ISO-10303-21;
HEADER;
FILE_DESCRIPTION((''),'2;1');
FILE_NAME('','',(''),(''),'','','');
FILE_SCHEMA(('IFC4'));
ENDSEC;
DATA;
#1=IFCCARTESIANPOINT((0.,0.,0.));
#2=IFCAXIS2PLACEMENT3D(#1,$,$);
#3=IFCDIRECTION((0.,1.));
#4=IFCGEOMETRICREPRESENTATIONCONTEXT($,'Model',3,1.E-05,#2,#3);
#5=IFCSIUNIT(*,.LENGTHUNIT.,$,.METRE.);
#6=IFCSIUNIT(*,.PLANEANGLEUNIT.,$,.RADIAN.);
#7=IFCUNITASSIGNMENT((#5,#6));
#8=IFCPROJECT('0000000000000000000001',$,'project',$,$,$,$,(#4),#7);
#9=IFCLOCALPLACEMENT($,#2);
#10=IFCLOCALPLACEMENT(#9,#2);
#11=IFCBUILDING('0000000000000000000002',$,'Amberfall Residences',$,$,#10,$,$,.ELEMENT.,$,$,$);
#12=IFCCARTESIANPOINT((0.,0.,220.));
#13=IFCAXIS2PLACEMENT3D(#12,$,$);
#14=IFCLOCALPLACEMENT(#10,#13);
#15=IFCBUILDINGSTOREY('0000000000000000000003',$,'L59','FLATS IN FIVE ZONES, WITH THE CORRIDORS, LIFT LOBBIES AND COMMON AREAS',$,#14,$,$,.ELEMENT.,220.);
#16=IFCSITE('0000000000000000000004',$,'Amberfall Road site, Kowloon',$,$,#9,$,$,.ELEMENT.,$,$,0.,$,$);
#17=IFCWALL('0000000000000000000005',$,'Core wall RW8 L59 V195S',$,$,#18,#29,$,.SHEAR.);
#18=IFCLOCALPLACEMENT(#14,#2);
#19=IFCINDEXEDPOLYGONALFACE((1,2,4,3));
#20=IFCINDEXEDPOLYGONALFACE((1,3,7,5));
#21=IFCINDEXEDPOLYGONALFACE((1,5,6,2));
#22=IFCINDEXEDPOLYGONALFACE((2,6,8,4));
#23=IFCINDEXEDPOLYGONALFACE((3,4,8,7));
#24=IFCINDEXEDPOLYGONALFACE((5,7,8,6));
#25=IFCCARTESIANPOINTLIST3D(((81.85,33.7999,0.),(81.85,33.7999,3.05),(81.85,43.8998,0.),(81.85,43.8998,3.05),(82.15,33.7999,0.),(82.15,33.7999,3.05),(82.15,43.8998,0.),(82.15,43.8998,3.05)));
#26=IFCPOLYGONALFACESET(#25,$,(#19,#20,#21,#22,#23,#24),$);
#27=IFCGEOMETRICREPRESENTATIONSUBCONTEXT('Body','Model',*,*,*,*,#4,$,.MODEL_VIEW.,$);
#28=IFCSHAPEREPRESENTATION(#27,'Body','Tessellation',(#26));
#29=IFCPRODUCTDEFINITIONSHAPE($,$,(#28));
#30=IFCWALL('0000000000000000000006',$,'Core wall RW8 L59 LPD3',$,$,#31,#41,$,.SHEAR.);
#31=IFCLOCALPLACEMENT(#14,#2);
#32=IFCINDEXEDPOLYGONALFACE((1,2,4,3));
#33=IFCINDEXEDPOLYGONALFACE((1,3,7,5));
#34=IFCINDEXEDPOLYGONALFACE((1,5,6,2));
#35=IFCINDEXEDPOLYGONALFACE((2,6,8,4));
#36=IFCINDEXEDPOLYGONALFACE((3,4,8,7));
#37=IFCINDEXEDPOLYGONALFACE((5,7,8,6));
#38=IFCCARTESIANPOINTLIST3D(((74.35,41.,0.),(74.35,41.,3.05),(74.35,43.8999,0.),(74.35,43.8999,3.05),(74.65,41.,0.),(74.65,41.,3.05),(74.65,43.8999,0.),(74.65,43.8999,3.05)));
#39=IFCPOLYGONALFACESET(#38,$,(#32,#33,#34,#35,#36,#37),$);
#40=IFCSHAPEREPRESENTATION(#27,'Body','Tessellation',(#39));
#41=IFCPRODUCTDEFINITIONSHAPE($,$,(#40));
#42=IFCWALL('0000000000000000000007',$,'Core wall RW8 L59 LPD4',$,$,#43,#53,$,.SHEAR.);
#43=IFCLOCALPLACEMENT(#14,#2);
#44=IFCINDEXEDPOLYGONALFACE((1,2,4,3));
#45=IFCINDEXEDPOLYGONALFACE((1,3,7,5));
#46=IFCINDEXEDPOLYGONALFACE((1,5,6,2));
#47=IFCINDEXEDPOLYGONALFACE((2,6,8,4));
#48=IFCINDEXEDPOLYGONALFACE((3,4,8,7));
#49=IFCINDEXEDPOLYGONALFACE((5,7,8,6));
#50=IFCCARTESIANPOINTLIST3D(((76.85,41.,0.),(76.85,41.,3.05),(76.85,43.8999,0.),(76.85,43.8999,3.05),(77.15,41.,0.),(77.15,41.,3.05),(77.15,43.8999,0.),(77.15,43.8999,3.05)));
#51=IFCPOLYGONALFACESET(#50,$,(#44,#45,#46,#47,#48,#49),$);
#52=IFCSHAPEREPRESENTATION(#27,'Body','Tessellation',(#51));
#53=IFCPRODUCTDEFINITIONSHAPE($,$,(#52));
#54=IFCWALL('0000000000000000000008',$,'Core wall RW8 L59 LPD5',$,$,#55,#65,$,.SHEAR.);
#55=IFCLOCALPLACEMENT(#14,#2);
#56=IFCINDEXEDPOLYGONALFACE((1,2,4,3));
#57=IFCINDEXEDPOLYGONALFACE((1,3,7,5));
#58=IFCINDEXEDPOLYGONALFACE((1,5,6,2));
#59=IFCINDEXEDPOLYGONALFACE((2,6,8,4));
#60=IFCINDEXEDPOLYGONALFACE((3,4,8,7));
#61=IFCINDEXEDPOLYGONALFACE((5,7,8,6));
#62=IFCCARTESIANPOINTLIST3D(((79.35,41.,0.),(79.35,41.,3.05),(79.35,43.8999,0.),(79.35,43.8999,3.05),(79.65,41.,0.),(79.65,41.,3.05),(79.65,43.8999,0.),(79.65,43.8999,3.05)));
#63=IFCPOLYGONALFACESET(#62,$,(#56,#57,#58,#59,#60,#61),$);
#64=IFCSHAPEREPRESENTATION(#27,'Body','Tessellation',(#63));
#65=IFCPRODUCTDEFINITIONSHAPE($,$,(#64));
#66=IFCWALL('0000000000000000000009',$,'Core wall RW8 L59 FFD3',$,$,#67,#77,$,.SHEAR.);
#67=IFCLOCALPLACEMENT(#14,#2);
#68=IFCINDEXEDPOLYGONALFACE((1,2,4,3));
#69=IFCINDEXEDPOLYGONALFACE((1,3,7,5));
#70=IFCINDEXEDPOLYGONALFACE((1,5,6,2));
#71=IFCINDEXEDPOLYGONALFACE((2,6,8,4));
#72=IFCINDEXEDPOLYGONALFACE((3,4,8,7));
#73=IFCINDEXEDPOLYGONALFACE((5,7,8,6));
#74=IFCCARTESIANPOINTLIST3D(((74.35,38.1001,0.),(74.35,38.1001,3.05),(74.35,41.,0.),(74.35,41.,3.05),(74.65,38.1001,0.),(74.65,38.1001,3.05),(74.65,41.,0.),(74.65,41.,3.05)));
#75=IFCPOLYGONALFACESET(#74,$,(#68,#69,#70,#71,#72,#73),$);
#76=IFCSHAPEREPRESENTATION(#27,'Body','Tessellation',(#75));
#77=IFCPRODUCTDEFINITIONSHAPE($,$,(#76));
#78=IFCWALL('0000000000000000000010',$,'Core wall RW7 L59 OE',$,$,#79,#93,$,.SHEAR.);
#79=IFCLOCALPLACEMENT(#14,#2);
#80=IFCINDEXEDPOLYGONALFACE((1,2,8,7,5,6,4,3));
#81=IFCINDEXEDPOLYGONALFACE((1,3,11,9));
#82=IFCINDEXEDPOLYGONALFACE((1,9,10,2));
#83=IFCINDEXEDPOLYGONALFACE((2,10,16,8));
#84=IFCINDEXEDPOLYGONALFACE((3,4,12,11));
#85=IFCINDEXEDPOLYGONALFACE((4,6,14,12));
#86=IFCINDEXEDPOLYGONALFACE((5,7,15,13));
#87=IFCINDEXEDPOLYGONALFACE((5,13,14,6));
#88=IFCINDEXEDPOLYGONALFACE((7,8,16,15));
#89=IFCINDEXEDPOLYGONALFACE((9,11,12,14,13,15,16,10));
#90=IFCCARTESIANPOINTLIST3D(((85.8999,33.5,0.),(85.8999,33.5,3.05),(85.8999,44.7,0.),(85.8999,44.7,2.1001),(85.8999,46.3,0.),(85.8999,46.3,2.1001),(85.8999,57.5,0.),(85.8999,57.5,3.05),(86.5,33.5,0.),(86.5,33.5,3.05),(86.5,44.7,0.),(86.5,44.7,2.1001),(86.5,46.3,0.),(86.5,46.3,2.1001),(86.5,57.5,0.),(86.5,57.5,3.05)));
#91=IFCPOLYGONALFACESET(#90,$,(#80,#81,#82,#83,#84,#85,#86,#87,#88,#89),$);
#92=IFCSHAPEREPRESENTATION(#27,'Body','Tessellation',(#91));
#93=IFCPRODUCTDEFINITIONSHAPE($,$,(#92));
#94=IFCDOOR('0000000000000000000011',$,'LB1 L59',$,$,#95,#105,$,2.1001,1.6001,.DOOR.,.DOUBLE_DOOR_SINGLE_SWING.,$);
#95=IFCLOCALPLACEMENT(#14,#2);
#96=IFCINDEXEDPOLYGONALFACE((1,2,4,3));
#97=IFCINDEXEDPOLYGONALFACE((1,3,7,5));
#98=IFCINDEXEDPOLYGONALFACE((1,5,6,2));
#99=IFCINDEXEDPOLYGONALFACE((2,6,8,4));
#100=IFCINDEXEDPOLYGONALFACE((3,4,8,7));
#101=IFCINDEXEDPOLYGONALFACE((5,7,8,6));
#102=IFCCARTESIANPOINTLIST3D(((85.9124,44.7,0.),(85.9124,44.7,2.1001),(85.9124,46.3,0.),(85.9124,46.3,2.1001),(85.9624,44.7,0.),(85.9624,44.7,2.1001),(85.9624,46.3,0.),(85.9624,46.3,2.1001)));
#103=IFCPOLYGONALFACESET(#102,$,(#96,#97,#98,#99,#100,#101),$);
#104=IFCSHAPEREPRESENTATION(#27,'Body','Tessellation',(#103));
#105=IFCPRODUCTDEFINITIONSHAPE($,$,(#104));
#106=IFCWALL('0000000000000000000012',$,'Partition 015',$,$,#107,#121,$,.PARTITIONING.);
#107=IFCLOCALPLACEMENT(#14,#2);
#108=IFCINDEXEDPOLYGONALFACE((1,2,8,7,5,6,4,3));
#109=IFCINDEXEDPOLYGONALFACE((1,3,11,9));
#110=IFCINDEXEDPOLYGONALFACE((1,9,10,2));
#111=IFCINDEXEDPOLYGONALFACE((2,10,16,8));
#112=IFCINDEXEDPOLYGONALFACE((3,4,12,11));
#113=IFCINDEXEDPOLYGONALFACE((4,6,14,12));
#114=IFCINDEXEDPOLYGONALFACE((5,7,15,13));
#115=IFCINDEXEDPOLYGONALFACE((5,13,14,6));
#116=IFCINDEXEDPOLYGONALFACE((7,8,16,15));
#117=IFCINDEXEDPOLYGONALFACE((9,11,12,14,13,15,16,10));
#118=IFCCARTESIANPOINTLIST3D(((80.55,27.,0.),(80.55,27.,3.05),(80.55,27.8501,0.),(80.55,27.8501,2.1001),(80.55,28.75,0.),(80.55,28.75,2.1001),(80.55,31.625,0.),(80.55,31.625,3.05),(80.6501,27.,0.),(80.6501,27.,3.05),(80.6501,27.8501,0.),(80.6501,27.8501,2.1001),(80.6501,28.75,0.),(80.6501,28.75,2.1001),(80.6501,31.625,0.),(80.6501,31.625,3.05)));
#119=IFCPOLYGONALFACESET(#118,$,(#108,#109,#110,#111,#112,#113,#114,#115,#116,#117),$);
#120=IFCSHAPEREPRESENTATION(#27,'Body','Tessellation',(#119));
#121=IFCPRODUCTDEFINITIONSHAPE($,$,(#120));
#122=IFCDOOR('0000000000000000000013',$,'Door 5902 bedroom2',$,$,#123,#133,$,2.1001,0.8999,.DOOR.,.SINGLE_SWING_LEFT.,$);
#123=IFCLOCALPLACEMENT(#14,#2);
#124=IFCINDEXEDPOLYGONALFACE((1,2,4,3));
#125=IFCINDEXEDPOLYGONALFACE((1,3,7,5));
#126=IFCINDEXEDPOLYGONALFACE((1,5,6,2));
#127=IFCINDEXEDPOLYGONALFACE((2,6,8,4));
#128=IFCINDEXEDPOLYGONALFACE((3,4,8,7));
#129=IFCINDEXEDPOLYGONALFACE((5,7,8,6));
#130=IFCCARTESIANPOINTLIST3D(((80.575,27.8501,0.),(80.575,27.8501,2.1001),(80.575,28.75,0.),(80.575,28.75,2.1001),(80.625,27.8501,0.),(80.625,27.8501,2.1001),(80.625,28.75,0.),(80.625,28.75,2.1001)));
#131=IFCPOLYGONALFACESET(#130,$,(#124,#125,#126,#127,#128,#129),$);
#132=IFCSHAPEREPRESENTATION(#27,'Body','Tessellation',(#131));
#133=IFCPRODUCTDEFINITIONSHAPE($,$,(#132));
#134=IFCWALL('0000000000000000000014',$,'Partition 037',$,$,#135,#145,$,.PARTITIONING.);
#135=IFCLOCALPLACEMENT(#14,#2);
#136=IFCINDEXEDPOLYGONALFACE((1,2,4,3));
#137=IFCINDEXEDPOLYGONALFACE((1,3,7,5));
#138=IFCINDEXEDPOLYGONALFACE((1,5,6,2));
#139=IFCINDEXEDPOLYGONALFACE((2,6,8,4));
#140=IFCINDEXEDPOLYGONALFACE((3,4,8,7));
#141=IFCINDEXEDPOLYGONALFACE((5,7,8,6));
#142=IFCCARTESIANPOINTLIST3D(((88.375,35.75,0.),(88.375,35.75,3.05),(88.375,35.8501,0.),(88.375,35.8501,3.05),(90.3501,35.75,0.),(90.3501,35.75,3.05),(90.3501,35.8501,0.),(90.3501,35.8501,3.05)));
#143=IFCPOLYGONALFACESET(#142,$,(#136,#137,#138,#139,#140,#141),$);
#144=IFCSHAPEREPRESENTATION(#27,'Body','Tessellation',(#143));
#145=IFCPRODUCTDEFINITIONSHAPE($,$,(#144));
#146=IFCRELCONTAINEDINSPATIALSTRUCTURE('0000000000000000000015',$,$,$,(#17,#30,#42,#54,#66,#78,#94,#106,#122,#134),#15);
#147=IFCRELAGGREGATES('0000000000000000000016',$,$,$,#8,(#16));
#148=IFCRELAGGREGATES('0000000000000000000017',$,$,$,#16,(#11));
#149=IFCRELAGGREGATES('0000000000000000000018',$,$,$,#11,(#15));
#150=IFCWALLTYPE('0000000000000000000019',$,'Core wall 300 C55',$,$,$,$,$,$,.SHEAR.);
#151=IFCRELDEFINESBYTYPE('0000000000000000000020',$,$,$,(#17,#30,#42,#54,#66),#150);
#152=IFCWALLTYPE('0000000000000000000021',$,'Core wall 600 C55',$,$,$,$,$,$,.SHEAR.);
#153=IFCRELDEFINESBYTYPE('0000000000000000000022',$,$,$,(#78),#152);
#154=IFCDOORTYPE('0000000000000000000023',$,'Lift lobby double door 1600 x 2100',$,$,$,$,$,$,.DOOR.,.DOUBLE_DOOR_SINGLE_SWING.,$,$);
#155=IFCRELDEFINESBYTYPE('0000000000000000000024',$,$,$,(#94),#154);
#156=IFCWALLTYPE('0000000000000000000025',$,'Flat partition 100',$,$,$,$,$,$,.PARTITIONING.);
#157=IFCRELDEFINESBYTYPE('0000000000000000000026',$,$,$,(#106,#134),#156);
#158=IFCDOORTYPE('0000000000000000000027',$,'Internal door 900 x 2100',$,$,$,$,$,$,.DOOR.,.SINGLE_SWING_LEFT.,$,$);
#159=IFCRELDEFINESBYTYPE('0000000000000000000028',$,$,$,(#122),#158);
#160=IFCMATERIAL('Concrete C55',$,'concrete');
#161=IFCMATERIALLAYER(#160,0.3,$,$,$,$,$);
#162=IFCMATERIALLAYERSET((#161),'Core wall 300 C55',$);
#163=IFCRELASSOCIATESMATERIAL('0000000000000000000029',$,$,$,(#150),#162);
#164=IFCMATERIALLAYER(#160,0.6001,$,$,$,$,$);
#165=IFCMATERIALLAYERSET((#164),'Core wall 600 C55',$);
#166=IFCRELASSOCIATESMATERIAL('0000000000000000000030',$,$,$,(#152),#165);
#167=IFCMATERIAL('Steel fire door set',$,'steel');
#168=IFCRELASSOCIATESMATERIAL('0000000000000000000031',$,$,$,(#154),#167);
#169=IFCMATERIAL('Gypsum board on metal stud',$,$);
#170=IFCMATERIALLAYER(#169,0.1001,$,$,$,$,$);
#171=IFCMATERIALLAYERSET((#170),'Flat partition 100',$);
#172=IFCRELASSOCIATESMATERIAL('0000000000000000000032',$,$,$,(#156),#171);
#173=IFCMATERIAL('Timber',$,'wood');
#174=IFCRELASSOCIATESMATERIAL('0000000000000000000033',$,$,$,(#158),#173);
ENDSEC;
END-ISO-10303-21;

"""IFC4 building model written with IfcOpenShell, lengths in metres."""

from ifc_helpers import new_model, si_unit, direction, frame, frame_2d, origin, place, context, subcontext, project, spatial, rectangle, extrude, material, layer, layer_set, type_object, element, fill, save


model = new_model("IFC4")

# Units and contexts
model_context = context("Model", 3, precision=1e-05, world=origin(), true_north=direction((0.0, 1.0)))
body_context = subcontext(model_context, "Body", "Model", "MODEL_VIEW")
ifc_project = project(units=[si_unit("LENGTHUNIT", "METRE"), si_unit("PLANEANGLEUNIT", "RADIAN")], contexts=[model_context])

# Site, building, storey
site_placement = place(None, origin())
site = spatial("IfcSite", under=ifc_project, at=site_placement, Name="Amberfall Road site, Kowloon", CompositionType="ELEMENT", RefElevation=0.0)
building_placement = place(site_placement, origin())
building = spatial("IfcBuilding", under=site, at=building_placement, Name="Amberfall Residences", CompositionType="ELEMENT")
storey_placement = place(building_placement, frame((0.0, 0.0, 220.0)))
storey = spatial("IfcBuildingStorey", under=building, at=storey_placement, Name="L59", Description="FLATS IN FIVE ZONES, WITH THE CORRIDORS, LIFT LOBBIES AND COMMON AREAS", CompositionType="ELEMENT", Elevation=220.0)

# Walls
ifc_material_1 = material(Name="Concrete C55", Category="concrete")
ifc_layer_1 = layer(ifc_material_1, 0.3)
ifc_layer_set_1 = layer_set([ifc_layer_1], Name="Core wall 300 C55")
wall_type_1 = type_object("IfcWallType", Name="Core wall 300 C55", PredefinedType="SHEAR", material=ifc_layer_set_1)
wall_1_placement = place(storey_placement, frame((82.0, 33.8, 0.0), z_axis=(0.0, 0.0, 1.0), x_axis=(0.0, 1.0, 0.0)))
element("IfcWall", 1, at=wall_1_placement, inside=storey, type_object=wall_type_1, Name="Core wall RW8 L59 V195S", PredefinedType="SHEAR", context=body_context, shape_type="SweptSolid", body=[
    extrude(rectangle(XDim=10.0999, YDim=0.3, at=frame_2d((5.0498, 0.0))), origin(), (0.0, 0.0, 1.0), 3.05),
])
for number, where, z_axis, x_axis, name in (
    (2, (74.5, 41.0, 0.0), (0.0, 0.0, 1.0), (0.0, 1.0, 0.0), "Core wall RW8 L59 LPD3"),
    (3, (77.0, 41.0, 0.0), (0.0, 0.0, 1.0), (0.0, 1.0, 0.0), "Core wall RW8 L59 LPD4"),
    (4, (79.5, 41.0, 0.0), (0.0, 0.0, 1.0), (0.0, 1.0, 0.0), "Core wall RW8 L59 LPD5"),
    (5, (74.5, 38.1001, 0.0), (0.0, 0.0, 1.0), (0.0, 1.0, 0.0), "Core wall RW8 L59 FFD3"),
):
    element("IfcWall", number, at=place(storey_placement, frame(where, z_axis=z_axis, x_axis=x_axis)), inside=storey, type_object=wall_type_1, Name=name, PredefinedType="SHEAR", context=body_context, shape_type="SweptSolid", body=[
        extrude(rectangle(XDim=2.8999, YDim=0.3, at=frame_2d((1.45, 0.0))), origin(), (0.0, 0.0, 1.0), 3.05),
    ])

# Walls, openings, doors
ifc_layer_2 = layer(ifc_material_1, 0.6001)
ifc_layer_set_2 = layer_set([ifc_layer_2], Name="Core wall 600 C55")
wall_type_2 = type_object("IfcWallType", Name="Core wall 600 C55", PredefinedType="SHEAR", material=ifc_layer_set_2)
wall_2_placement = place(storey_placement, frame((86.2, 33.5, 0.0), z_axis=(0.0, 0.0, 1.0), x_axis=(0.0, 1.0, 0.0)))
wall_2 = element("IfcWall", 6, at=wall_2_placement, inside=storey, type_object=wall_type_2, Name="Core wall RW7 L59 OE", PredefinedType="SHEAR", context=body_context, shape_type="SweptSolid", body=[
    extrude(rectangle(XDim=24.0, YDim=0.6001, at=frame_2d((12.0, 0.0))), origin(), (0.0, 0.0, 1.0), 3.05),
])
opening_1_placement = place(wall_2_placement, frame((11.2, 0.0, 0.0)))
opening_1 = element("IfcOpeningElement", 7, at=opening_1_placement, cuts=wall_2, PredefinedType="OPENING", context=body_context, shape_type="SweptSolid", body=[
    extrude(rectangle(XDim=1.6001, YDim=2.1001, at=frame_2d((0.8, 1.05))), frame((0.0, 0.3101, 0.0), z_axis=(0.0, -1.0, 0.0), x_axis=(1.0, 0.0, 0.0)), (0.0, 0.0, 1.0), 0.6201),
])
ifc_material_2 = material(Name="Steel fire door set", Category="steel")
door_type_1 = type_object("IfcDoorType", Name="Lift lobby double door 1600 x 2100", OperationType="DOUBLE_DOOR_SINGLE_SWING", PredefinedType="DOOR", material=ifc_material_2)
door_1_placement = place(opening_1_placement, origin())
door_1 = element("IfcDoor", 8, at=door_1_placement, inside=storey, type_object=door_type_1, Name="LB1 L59", OperationType="DOUBLE_DOOR_SINGLE_SWING", OverallHeight=2.1001, OverallWidth=1.6001, PredefinedType="DOOR", context=body_context, shape_type="SweptSolid", body=[
    extrude(rectangle(XDim=1.6001, YDim=2.1001, at=frame_2d((0.8, 1.05))), frame((0.0, 0.2876, 0.0), z_axis=(0.0, -1.0, 0.0), x_axis=(1.0, 0.0, 0.0)), (0.0, 0.0, 1.0), 0.05),
])
fill(opening_1, door_1)
ifc_material_3 = material(Name="Gypsum board on metal stud")
ifc_layer_3 = layer(ifc_material_3, 0.1001)
ifc_layer_set_3 = layer_set([ifc_layer_3], Name="Flat partition 100")
wall_type_3 = type_object("IfcWallType", Name="Flat partition 100", PredefinedType="PARTITIONING", material=ifc_layer_set_3)
wall_3_placement = place(storey_placement, frame((80.6001, 31.625, 0.0), z_axis=(0.0, 0.0, 1.0), x_axis=(0.0, -1.0, 0.0)))
wall_3 = element("IfcWall", 9, at=wall_3_placement, inside=storey, type_object=wall_type_3, Name="Partition 015", PredefinedType="PARTITIONING", context=body_context, shape_type="SweptSolid", body=[
    extrude(rectangle(XDim=4.625, YDim=0.1001, at=frame_2d((2.3125, 0.0))), origin(), (0.0, 0.0, 1.0), 3.05),
])
opening_2_placement = place(wall_3_placement, frame((2.875, 0.0, 0.0)))
opening_2 = element("IfcOpeningElement", 10, at=opening_2_placement, cuts=wall_3, PredefinedType="OPENING", context=body_context, shape_type="SweptSolid", body=[
    extrude(rectangle(XDim=0.8999, YDim=2.1001, at=frame_2d((0.45, 1.05))), frame((0.0, 0.0601, 0.0), z_axis=(0.0, -1.0, 0.0), x_axis=(1.0, 0.0, 0.0)), (0.0, 0.0, 1.0), 0.1201),
])
ifc_material_4 = material(Name="Timber", Category="wood")
door_type_2 = type_object("IfcDoorType", Name="Internal door 900 x 2100", OperationType="SINGLE_SWING_LEFT", PredefinedType="DOOR", material=ifc_material_4)
door_2_placement = place(opening_2_placement, origin())
door_2 = element("IfcDoor", 11, at=door_2_placement, inside=storey, type_object=door_type_2, Name="Door 5902 bedroom2", OperationType="SINGLE_SWING_LEFT", OverallHeight=2.1001, OverallWidth=0.8999, PredefinedType="DOOR", context=body_context, shape_type="SweptSolid", body=[
    extrude(rectangle(XDim=0.8999, YDim=2.1001, at=frame_2d((0.45, 1.05))), frame((0.0, 0.0249, 0.0), z_axis=(0.0, -1.0, 0.0), x_axis=(1.0, 0.0, 0.0)), (0.0, 0.0, 1.0), 0.05),
])
fill(opening_2, door_2)

# Wall
wall_4_placement = place(storey_placement, frame((88.375, 35.8, 0.0), z_axis=(0.0, 0.0, 1.0), x_axis=(1.0, 0.0, 0.0)))
element("IfcWall", 12, at=wall_4_placement, inside=storey, type_object=wall_type_3, Name="Partition 037", PredefinedType="PARTITIONING", context=body_context, shape_type="SweptSolid", body=[
    extrude(rectangle(XDim=1.9751, YDim=0.1001, at=frame_2d((0.9875, 0.0))), origin(), (0.0, 0.0, 1.0), 3.05),
])

save(model, "model.ifc")
